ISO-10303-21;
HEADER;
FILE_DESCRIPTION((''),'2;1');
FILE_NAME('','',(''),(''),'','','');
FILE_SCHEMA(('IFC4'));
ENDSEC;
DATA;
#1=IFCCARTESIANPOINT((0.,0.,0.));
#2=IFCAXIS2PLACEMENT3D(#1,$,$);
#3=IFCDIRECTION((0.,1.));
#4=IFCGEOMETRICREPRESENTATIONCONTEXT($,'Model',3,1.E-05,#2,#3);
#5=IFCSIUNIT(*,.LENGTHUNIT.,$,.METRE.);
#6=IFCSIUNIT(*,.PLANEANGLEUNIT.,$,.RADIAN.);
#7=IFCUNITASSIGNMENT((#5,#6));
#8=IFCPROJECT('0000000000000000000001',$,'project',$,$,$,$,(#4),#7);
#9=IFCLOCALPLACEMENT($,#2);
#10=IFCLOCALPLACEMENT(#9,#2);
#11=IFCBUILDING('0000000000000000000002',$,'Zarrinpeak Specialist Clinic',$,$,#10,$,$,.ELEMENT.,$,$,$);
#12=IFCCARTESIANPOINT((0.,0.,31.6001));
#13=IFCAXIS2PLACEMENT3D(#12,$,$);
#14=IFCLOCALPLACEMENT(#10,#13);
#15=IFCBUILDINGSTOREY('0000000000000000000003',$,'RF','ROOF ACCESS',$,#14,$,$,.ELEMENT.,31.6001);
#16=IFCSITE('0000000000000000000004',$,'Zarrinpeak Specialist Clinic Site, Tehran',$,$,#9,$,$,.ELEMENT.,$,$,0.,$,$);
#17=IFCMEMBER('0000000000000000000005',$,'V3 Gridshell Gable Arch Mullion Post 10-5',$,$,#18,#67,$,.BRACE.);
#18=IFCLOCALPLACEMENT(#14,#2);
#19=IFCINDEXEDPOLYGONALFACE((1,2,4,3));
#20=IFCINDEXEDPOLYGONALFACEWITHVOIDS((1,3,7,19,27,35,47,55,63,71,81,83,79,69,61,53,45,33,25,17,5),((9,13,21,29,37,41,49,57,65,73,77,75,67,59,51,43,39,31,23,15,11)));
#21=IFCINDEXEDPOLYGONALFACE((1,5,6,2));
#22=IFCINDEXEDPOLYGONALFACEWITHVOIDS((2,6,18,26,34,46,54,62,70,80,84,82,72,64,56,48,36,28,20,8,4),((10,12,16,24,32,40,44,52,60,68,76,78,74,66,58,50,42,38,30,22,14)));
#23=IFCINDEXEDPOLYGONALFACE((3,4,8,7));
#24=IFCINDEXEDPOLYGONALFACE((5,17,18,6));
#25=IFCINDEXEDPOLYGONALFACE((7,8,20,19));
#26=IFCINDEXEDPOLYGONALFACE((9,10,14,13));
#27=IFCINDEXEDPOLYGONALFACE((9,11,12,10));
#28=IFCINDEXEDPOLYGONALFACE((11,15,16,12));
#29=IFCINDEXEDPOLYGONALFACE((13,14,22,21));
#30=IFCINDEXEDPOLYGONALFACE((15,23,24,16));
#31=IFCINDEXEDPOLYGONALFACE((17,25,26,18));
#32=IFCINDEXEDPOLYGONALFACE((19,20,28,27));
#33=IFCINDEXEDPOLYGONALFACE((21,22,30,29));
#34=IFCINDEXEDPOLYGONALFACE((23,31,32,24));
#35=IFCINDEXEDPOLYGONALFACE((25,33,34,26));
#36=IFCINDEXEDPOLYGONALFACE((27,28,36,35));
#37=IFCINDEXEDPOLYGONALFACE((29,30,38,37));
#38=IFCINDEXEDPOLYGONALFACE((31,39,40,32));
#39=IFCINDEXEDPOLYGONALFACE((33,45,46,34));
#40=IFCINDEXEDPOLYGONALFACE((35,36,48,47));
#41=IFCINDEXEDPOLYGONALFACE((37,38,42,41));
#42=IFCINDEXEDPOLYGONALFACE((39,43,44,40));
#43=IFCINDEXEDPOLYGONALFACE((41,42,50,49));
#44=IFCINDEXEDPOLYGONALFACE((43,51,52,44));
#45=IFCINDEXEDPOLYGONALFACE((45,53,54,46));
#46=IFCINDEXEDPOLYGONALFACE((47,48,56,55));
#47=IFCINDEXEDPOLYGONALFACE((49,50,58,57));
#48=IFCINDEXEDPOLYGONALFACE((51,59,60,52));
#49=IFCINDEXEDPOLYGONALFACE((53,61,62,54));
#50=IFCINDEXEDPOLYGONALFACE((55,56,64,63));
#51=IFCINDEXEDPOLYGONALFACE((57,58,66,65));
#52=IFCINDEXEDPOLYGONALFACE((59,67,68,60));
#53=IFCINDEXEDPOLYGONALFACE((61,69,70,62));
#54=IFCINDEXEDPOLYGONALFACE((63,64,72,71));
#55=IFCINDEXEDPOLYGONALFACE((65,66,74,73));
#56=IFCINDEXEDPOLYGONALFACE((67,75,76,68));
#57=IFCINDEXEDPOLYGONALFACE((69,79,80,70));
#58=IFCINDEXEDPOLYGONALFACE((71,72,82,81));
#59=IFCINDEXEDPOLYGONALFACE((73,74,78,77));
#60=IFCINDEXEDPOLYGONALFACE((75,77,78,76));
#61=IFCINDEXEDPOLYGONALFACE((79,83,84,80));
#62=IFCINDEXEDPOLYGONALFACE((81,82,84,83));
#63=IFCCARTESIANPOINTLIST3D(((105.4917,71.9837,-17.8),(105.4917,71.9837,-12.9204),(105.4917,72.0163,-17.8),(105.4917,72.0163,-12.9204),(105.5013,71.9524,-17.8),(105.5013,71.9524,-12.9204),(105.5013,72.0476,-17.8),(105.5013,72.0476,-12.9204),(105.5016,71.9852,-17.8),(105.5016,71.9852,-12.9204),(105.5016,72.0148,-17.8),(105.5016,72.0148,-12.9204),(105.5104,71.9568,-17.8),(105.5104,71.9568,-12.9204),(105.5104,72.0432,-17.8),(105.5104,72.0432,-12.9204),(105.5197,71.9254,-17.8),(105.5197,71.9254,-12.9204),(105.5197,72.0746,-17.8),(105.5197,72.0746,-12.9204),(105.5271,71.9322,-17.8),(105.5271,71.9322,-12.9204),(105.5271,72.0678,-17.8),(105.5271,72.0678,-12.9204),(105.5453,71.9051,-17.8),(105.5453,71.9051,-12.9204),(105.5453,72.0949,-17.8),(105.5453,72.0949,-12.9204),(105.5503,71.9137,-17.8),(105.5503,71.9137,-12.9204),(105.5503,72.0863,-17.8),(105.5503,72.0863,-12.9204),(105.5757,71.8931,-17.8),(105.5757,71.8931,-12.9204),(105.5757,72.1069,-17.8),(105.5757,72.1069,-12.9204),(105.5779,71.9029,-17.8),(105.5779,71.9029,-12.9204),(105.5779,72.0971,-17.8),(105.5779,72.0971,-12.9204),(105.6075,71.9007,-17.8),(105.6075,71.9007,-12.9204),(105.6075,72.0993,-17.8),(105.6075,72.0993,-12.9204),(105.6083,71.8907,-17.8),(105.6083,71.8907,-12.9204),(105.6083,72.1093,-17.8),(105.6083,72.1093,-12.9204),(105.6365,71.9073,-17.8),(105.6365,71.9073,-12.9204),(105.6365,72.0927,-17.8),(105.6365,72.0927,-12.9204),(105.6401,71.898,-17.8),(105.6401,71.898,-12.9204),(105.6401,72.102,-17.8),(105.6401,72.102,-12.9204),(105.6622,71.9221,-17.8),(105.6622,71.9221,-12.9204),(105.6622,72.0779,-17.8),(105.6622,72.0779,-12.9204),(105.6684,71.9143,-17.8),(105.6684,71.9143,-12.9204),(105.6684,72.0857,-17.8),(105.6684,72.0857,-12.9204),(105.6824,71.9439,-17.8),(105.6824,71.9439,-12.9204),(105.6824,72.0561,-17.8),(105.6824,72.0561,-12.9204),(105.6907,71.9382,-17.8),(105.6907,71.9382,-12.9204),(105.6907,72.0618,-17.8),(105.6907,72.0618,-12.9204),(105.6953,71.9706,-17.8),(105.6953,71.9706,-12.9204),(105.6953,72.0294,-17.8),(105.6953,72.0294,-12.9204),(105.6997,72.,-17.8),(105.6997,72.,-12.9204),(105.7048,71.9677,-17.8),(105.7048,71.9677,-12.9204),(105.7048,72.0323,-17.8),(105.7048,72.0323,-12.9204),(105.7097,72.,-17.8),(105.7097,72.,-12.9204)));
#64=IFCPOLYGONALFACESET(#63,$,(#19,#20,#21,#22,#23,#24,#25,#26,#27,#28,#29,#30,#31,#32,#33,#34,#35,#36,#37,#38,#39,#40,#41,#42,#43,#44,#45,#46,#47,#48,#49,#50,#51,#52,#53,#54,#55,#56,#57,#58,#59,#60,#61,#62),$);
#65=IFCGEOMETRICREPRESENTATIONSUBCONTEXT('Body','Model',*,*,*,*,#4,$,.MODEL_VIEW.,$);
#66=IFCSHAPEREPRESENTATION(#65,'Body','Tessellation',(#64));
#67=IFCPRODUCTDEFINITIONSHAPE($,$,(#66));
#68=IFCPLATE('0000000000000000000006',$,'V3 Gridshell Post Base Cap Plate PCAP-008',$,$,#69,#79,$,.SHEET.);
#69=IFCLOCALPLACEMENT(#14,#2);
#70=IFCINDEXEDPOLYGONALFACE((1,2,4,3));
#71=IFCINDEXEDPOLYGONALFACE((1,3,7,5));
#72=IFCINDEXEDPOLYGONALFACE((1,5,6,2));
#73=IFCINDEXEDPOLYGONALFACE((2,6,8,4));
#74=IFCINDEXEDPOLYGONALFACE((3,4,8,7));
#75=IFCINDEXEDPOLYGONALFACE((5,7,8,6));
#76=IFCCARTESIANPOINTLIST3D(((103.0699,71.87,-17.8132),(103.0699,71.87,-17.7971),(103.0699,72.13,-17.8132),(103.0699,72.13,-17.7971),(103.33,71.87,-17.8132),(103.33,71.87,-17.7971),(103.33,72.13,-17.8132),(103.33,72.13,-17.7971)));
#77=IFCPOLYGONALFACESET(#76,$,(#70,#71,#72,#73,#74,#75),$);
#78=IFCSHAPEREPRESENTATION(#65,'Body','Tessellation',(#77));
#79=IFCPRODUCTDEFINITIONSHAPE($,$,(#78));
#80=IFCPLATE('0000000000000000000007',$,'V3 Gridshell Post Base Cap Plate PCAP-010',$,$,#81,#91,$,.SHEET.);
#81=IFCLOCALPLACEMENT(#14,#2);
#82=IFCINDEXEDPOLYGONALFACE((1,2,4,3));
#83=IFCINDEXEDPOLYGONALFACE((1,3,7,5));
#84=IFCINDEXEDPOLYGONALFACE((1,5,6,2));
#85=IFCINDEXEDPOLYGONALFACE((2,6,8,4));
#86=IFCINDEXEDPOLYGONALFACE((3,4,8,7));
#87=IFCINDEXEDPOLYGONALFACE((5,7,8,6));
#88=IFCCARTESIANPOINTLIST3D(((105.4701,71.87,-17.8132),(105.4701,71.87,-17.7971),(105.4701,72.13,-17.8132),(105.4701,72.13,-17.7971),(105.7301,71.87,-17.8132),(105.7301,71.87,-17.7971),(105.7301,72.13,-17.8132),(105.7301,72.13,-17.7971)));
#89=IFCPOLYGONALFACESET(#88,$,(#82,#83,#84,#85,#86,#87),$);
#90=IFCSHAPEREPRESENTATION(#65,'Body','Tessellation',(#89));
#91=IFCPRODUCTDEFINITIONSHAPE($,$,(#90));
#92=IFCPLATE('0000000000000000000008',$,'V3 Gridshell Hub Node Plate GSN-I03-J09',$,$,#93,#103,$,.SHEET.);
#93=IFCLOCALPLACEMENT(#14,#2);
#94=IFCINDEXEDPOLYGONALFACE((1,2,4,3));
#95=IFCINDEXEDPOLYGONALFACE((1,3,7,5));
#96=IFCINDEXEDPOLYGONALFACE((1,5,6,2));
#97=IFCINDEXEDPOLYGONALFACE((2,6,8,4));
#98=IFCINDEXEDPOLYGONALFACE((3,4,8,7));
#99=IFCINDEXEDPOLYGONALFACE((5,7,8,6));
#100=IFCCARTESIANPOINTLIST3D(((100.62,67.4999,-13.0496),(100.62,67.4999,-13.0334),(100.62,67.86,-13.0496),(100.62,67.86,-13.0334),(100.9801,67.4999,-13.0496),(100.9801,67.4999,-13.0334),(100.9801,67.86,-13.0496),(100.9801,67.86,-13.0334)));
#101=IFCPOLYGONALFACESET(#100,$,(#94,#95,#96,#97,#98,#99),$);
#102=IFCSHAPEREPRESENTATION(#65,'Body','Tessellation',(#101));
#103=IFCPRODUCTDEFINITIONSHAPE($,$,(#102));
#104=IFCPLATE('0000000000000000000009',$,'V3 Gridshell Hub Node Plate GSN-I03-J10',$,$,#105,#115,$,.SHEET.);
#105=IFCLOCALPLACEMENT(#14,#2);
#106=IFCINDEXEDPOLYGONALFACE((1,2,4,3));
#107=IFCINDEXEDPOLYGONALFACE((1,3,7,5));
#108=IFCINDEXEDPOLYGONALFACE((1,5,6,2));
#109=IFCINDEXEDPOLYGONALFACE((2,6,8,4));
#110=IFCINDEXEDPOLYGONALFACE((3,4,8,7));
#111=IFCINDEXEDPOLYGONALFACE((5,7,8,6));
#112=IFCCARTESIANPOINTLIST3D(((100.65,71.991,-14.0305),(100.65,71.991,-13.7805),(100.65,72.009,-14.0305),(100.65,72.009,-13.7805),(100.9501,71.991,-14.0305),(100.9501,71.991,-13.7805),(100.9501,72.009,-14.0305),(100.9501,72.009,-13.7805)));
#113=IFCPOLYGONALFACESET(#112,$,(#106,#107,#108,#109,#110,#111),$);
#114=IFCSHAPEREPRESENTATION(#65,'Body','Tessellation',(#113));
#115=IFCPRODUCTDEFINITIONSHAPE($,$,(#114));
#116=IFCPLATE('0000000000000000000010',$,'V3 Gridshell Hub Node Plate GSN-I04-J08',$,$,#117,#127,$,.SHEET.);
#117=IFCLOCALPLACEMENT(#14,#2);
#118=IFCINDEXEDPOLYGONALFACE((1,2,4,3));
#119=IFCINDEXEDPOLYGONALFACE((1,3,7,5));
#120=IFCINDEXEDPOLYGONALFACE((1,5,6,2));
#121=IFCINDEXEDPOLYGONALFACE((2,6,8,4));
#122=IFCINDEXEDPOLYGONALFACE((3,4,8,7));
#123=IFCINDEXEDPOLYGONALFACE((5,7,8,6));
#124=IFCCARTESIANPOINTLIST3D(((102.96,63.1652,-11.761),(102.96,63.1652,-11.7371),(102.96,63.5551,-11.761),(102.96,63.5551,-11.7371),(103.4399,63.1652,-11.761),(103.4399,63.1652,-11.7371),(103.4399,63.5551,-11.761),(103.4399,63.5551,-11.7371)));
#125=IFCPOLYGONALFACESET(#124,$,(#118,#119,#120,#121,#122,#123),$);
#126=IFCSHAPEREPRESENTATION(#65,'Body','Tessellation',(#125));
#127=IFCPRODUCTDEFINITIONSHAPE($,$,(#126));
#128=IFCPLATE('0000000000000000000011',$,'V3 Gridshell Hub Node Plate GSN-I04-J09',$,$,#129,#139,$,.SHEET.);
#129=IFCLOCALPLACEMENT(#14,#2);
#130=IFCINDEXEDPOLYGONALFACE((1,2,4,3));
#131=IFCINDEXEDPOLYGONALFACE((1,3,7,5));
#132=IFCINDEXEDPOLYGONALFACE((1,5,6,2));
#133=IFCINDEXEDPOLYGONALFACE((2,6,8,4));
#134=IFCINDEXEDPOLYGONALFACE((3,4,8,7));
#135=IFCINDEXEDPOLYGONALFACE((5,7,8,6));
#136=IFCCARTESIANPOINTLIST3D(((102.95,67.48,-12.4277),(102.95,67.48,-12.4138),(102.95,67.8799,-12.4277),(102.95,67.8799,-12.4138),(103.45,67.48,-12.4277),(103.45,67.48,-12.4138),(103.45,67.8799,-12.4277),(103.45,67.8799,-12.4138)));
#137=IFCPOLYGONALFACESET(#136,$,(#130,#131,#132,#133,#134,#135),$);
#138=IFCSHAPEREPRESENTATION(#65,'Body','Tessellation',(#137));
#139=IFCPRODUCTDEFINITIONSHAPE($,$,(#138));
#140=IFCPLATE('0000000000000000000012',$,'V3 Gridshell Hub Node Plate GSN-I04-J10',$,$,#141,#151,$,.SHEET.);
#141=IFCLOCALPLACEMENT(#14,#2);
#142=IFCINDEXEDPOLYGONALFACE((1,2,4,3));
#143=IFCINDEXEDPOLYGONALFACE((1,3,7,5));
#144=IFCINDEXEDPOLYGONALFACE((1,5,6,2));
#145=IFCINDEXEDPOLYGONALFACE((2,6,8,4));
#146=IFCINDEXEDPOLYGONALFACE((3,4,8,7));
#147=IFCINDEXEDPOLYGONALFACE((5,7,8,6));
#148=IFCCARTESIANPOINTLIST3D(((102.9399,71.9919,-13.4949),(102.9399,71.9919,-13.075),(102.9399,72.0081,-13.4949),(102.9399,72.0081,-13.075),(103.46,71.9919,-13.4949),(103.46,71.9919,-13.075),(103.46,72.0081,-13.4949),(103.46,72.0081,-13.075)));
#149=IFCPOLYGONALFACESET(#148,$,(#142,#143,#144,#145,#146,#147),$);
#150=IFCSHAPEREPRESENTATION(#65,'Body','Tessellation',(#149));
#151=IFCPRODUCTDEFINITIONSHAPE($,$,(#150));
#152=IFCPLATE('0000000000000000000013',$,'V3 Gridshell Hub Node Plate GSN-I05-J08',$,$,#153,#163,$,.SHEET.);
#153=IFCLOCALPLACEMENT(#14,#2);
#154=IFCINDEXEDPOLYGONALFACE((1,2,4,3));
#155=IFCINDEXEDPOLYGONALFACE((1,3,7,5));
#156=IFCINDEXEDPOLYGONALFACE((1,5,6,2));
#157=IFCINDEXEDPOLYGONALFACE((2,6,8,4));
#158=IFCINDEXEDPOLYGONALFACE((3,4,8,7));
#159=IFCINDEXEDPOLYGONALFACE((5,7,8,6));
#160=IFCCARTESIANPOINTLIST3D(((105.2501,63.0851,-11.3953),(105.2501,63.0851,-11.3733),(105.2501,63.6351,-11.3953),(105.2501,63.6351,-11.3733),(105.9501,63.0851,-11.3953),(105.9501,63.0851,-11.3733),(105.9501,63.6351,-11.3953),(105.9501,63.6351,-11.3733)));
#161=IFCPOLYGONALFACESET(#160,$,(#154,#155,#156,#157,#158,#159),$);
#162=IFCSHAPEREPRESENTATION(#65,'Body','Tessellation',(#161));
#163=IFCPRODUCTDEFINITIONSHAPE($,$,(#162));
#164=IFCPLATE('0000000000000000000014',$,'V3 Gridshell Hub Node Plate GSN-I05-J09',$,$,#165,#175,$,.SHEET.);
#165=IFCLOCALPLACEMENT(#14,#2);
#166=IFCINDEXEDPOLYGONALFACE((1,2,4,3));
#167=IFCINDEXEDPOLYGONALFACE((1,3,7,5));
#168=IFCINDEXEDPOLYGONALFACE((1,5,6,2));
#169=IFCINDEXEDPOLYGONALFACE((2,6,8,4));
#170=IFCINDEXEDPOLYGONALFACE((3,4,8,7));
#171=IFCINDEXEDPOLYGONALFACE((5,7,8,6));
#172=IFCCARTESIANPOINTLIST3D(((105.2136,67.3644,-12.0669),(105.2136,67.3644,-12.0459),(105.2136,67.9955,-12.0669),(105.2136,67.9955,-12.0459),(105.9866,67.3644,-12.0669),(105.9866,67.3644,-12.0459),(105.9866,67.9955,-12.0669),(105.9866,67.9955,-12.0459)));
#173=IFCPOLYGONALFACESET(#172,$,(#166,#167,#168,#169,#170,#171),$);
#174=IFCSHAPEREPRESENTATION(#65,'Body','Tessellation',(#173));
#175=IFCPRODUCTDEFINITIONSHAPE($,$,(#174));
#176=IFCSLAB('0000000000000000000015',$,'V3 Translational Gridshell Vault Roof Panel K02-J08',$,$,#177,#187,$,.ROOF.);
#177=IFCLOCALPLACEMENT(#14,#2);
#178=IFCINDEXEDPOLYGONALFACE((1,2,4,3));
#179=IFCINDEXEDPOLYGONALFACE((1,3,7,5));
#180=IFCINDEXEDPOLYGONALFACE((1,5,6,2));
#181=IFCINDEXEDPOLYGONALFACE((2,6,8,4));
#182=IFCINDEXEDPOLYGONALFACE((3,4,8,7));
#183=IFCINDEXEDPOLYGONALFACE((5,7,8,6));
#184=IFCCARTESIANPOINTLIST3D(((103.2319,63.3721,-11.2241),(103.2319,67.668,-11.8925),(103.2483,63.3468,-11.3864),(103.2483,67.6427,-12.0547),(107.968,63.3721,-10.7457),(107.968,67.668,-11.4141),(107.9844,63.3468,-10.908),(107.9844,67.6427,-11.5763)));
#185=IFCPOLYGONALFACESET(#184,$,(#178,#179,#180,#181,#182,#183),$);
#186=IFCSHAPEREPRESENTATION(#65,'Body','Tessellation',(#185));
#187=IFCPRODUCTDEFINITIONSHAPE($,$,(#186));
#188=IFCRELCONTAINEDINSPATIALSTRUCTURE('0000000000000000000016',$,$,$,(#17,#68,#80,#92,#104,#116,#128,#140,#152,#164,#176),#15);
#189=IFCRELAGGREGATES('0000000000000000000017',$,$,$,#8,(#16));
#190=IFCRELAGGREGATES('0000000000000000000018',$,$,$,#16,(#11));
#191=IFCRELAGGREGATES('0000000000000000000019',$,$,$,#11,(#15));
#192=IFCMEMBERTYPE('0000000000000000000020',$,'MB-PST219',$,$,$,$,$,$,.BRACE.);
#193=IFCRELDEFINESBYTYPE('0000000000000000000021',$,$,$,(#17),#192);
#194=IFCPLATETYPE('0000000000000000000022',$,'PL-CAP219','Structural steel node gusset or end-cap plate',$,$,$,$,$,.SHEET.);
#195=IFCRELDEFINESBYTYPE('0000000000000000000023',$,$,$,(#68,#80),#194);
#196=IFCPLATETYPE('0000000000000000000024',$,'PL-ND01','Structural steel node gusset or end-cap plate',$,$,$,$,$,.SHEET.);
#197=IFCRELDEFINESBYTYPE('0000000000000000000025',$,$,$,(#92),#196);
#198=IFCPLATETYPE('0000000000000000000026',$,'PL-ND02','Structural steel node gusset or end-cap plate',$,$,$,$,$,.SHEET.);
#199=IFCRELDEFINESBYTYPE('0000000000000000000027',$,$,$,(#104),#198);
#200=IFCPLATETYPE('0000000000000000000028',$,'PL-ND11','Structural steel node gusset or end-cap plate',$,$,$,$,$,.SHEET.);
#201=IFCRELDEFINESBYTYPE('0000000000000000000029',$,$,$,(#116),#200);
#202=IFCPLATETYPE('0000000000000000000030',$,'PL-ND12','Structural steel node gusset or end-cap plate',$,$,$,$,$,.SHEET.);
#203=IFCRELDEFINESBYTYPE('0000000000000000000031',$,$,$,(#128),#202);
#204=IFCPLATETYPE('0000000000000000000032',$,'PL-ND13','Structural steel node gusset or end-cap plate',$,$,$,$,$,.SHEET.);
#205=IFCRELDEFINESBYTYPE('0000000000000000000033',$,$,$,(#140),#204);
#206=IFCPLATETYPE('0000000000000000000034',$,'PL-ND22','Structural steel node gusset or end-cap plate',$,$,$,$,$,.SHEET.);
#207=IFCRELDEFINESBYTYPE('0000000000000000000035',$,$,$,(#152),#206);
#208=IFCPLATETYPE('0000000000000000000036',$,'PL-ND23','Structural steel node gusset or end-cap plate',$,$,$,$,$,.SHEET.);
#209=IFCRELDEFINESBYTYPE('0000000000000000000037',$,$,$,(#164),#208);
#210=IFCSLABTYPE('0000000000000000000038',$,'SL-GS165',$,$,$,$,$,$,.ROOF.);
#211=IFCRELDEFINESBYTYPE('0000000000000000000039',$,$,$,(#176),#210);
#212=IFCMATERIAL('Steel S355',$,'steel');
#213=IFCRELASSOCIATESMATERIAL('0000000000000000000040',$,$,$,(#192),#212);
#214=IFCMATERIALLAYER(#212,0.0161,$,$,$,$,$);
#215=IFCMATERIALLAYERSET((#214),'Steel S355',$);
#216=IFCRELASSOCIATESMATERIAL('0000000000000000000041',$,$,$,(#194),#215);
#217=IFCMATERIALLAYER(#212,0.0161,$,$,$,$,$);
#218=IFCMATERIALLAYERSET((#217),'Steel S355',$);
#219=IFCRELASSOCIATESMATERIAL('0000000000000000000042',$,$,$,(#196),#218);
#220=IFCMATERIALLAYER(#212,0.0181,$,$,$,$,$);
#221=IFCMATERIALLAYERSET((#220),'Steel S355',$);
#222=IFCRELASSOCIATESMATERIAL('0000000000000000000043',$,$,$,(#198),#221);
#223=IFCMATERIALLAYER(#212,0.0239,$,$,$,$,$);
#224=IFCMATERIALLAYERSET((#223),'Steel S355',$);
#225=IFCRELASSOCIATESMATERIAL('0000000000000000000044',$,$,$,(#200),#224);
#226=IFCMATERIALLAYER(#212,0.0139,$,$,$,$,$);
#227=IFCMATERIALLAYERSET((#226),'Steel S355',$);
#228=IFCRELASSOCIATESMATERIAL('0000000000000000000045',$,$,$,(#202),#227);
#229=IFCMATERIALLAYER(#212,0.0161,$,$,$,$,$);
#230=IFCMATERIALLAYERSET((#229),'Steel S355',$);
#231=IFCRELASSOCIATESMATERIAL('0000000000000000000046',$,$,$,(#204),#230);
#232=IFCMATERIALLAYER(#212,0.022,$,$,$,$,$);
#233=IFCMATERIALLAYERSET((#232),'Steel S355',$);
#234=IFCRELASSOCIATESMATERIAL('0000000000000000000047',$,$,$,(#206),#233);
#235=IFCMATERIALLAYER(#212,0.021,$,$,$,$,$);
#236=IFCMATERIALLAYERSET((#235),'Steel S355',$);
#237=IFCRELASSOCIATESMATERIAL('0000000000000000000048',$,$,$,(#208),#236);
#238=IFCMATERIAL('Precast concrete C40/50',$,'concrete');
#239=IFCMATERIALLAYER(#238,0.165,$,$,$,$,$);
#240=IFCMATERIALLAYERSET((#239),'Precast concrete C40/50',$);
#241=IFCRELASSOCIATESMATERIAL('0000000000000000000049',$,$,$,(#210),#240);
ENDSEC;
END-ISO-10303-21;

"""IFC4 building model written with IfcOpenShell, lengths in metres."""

from ifc_helpers import new_model, si_unit, direction, frame, origin, origin_2d, place, context, subcontext, project, spatial, polyline, rectangle, hollow_circle, outline, extrude, material, layer, layer_set, material_profile, profile_set, type_object, element, save


model = new_model("IFC4")

# Units and contexts
model_context = context("Model", 3, precision=1e-05, world=origin(), true_north=direction((0.0, 1.0)))
body_context = subcontext(model_context, "Body", "Model", "MODEL_VIEW")
ifc_project = project(units=[si_unit("LENGTHUNIT", "METRE"), si_unit("PLANEANGLEUNIT", "RADIAN")], contexts=[model_context])

# Site, building, storey
site_placement = place(None, origin())
site = spatial("IfcSite", under=ifc_project, at=site_placement, Name="Zarrinpeak Specialist Clinic Site, Tehran", CompositionType="ELEMENT", RefElevation=0.0)
building_placement = place(site_placement, origin())
building = spatial("IfcBuilding", under=site, at=building_placement, Name="Zarrinpeak Specialist Clinic", CompositionType="ELEMENT")
storey_placement = place(building_placement, frame((0.0, 0.0, 31.6001)))
storey = spatial("IfcBuildingStorey", under=building, at=storey_placement, Name="RF", Description="ROOF ACCESS", CompositionType="ELEMENT", Elevation=31.6001)

# Member
ifc_material_1 = material(Name="Steel S355", Category="steel")
ifc_material_profile_1 = material_profile(ifc_material_1, hollow_circle(Radius=0.1096, WallThickness=0.01, at=origin_2d()), Name="CHS 219.1x10.0")
ifc_profile_set_1 = profile_set([ifc_material_profile_1], Name="Steel S355")
member_type_1 = type_object("IfcMemberType", Name="MB-PST219", PredefinedType="BRACE", material=ifc_profile_set_1)
member_1_placement = place(storey_placement, frame((105.6001, 72.0, -17.8), z_axis=(0.0, 0.0, 1.0), x_axis=(1.0, 0.0, 0.0)))
element("IfcMember", 1, at=member_1_placement, inside=storey, type_object=member_type_1, Name="V3 Gridshell Gable Arch Mullion Post 10-5", PredefinedType="BRACE", context=body_context, shape_type="SweptSolid", body=[
    extrude(hollow_circle(Radius=0.1096, WallThickness=0.01, at=origin_2d()), origin(), (0.0, 0.0, 1.0), 4.8796),
])

# Plates
ifc_layer_1 = layer(ifc_material_1, 0.0161)
ifc_layer_set_1 = layer_set([ifc_layer_1], Name="Steel S355")
plate_type_1 = type_object("IfcPlateType", Name="PL-CAP219", Description="Structural steel node gusset or end-cap plate", PredefinedType="SHEET", material=ifc_layer_set_1)
for number, where, z_axis, x_axis, name in (
    (2, (103.2, 72.0, -17.8132), (0.0, 0.0, 1.0), (1.0, 0.0, 0.0), "V3 Gridshell Post Base Cap Plate PCAP-008"),
    (3, (105.6001, 72.0, -17.8132), (0.0, 0.0, 1.0), (1.0, 0.0, 0.0), "V3 Gridshell Post Base Cap Plate PCAP-010"),
):
    element("IfcPlate", number, at=place(storey_placement, frame(where, z_axis=z_axis, x_axis=x_axis)), inside=storey, type_object=plate_type_1, Name=name, PredefinedType="SHEET", context=body_context, shape_type="SweptSolid", body=[
        extrude(rectangle(XDim=0.26, YDim=0.26, at=origin_2d()), origin(), (0.0, 0.0, 1.0), 0.0161),
    ])
ifc_layer_2 = layer(ifc_material_1, 0.0161)
ifc_layer_set_2 = layer_set([ifc_layer_2], Name="Steel S355")
plate_type_2 = type_object("IfcPlateType", Name="PL-ND01", Description="Structural steel node gusset or end-cap plate", PredefinedType="SHEET", material=ifc_layer_set_2)
plate_1_placement = place(storey_placement, frame((100.8, 67.6799, -13.0496), z_axis=(0.0, 0.0, 1.0), x_axis=(1.0, 0.0, 0.0)))
element("IfcPlate", 4, at=plate_1_placement, inside=storey, type_object=plate_type_2, Name="V3 Gridshell Hub Node Plate GSN-I03-J09", PredefinedType="SHEET", context=body_context, shape_type="SweptSolid", body=[
    extrude(rectangle(XDim=0.3601, YDim=0.3601, at=origin_2d()), origin(), (0.0, 0.0, 1.0), 0.0161),
])
ifc_layer_3 = layer(ifc_material_1, 0.0181)
ifc_layer_set_3 = layer_set([ifc_layer_3], Name="Steel S355")
plate_type_3 = type_object("IfcPlateType", Name="PL-ND02", Description="Structural steel node gusset or end-cap plate", PredefinedType="SHEET", material=ifc_layer_set_3)
plate_2_placement = place(storey_placement, frame((100.8, 72.0, -14.0305), z_axis=(0.0, 0.0, 1.0), x_axis=(1.0, 0.0, 0.0)))
element("IfcPlate", 5, at=plate_2_placement, inside=storey, type_object=plate_type_3, Name="V3 Gridshell Hub Node Plate GSN-I03-J10", PredefinedType="SHEET", context=body_context, shape_type="SweptSolid", body=[
    extrude(rectangle(XDim=0.3, YDim=0.0181, at=origin_2d()), origin(), (0.0, 0.0, 1.0), 0.25),
])
ifc_layer_4 = layer(ifc_material_1, 0.0239)
ifc_layer_set_4 = layer_set([ifc_layer_4], Name="Steel S355")
plate_type_4 = type_object("IfcPlateType", Name="PL-ND11", Description="Structural steel node gusset or end-cap plate", PredefinedType="SHEET", material=ifc_layer_set_4)
plate_3_placement = place(storey_placement, frame((103.2, 63.3601, -11.761), z_axis=(0.0, 0.0, 1.0), x_axis=(1.0, 0.0, 0.0)))
element("IfcPlate", 6, at=plate_3_placement, inside=storey, type_object=plate_type_4, Name="V3 Gridshell Hub Node Plate GSN-I04-J08", PredefinedType="SHEET", context=body_context, shape_type="SweptSolid", body=[
    extrude(rectangle(XDim=0.48, YDim=0.3899, at=origin_2d()), origin(), (0.0, 0.0, 1.0), 0.0239),
])
ifc_layer_5 = layer(ifc_material_1, 0.0139)
ifc_layer_set_5 = layer_set([ifc_layer_5], Name="Steel S355")
plate_type_5 = type_object("IfcPlateType", Name="PL-ND12", Description="Structural steel node gusset or end-cap plate", PredefinedType="SHEET", material=ifc_layer_set_5)
plate_4_placement = place(storey_placement, frame((103.2, 67.6799, -12.4277), z_axis=(0.0, 0.0, 1.0), x_axis=(1.0, 0.0, 0.0)))
element("IfcPlate", 7, at=plate_4_placement, inside=storey, type_object=plate_type_5, Name="V3 Gridshell Hub Node Plate GSN-I04-J09", PredefinedType="SHEET", context=body_context, shape_type="SweptSolid", body=[
    extrude(rectangle(XDim=0.5, YDim=0.3999, at=origin_2d()), origin(), (0.0, 0.0, 1.0), 0.0139),
])
ifc_layer_6 = layer(ifc_material_1, 0.0161)
ifc_layer_set_6 = layer_set([ifc_layer_6], Name="Steel S355")
plate_type_6 = type_object("IfcPlateType", Name="PL-ND13", Description="Structural steel node gusset or end-cap plate", PredefinedType="SHEET", material=ifc_layer_set_6)
plate_5_placement = place(storey_placement, frame((103.2, 72.0, -13.4949), z_axis=(0.0, 0.0, 1.0), x_axis=(1.0, 0.0, 0.0)))
element("IfcPlate", 8, at=plate_5_placement, inside=storey, type_object=plate_type_6, Name="V3 Gridshell Hub Node Plate GSN-I04-J10", PredefinedType="SHEET", context=body_context, shape_type="SweptSolid", body=[
    extrude(rectangle(XDim=0.52, YDim=0.0161, at=origin_2d()), origin(), (0.0, 0.0, 1.0), 0.4199),
])
ifc_layer_7 = layer(ifc_material_1, 0.022)
ifc_layer_set_7 = layer_set([ifc_layer_7], Name="Steel S355")
plate_type_7 = type_object("IfcPlateType", Name="PL-ND22", Description="Structural steel node gusset or end-cap plate", PredefinedType="SHEET", material=ifc_layer_set_7)
plate_6_placement = place(storey_placement, frame((105.6001, 63.3601, -11.3953), z_axis=(0.0, 0.0, 1.0), x_axis=(1.0, 0.0, 0.0)))
element("IfcPlate", 9, at=plate_6_placement, inside=storey, type_object=plate_type_7, Name="V3 Gridshell Hub Node Plate GSN-I05-J08", PredefinedType="SHEET", context=body_context, shape_type="SweptSolid", body=[
    extrude(rectangle(XDim=0.7, YDim=0.55, at=origin_2d()), origin(), (0.0, 0.0, 1.0), 0.022),
])
ifc_layer_8 = layer(ifc_material_1, 0.021)
ifc_layer_set_8 = layer_set([ifc_layer_8], Name="Steel S355")
plate_type_8 = type_object("IfcPlateType", Name="PL-ND23", Description="Structural steel node gusset or end-cap plate", PredefinedType="SHEET", material=ifc_layer_set_8)
plate_7_placement = place(storey_placement, frame((105.6001, 67.6799, -12.0669), z_axis=(0.0, 0.0, 1.0), x_axis=(1.0, 0.0, 0.0)))
element("IfcPlate", 10, at=plate_7_placement, inside=storey, type_object=plate_type_8, Name="V3 Gridshell Hub Node Plate GSN-I05-J09", PredefinedType="SHEET", context=body_context, shape_type="SweptSolid", body=[
    extrude(rectangle(XDim=0.7729, YDim=0.6311, at=origin_2d()), origin(), (0.0, 0.0, 1.0), 0.021),
])

# Slab
ifc_material_2 = material(Name="Precast concrete C40/50", Category="concrete")
ifc_layer_9 = layer(ifc_material_2, 0.165)
ifc_layer_set_9 = layer_set([ifc_layer_9], Name="Precast concrete C40/50")
slab_type = type_object("IfcSlabType", Name="SL-GS165", PredefinedType="ROOF", material=ifc_layer_set_9)
slab_1_placement = place(storey_placement, frame((103.2319, 63.3721, -11.2241), z_axis=(-0.099316, 0.152966, 0.983228), x_axis=(0.994937, -0.000004, 0.1005)))
element("IfcSlab", 11, at=slab_1_placement, inside=storey, type_object=slab_type, Name="V3 Translational Gridshell Vault Roof Panel K02-J08", PredefinedType="ROOF", context=body_context, shape_type="SweptSolid", body=[
    extrude(outline(polyline([(0.0, 0.0), (4.7602, 0.0), (4.693, 4.3471), (-0.0672, 4.347), (0.0, 0.0)])), origin(), (0.0, 0.0, -1.0), 0.165),
])

save(model, "model.ifc")
